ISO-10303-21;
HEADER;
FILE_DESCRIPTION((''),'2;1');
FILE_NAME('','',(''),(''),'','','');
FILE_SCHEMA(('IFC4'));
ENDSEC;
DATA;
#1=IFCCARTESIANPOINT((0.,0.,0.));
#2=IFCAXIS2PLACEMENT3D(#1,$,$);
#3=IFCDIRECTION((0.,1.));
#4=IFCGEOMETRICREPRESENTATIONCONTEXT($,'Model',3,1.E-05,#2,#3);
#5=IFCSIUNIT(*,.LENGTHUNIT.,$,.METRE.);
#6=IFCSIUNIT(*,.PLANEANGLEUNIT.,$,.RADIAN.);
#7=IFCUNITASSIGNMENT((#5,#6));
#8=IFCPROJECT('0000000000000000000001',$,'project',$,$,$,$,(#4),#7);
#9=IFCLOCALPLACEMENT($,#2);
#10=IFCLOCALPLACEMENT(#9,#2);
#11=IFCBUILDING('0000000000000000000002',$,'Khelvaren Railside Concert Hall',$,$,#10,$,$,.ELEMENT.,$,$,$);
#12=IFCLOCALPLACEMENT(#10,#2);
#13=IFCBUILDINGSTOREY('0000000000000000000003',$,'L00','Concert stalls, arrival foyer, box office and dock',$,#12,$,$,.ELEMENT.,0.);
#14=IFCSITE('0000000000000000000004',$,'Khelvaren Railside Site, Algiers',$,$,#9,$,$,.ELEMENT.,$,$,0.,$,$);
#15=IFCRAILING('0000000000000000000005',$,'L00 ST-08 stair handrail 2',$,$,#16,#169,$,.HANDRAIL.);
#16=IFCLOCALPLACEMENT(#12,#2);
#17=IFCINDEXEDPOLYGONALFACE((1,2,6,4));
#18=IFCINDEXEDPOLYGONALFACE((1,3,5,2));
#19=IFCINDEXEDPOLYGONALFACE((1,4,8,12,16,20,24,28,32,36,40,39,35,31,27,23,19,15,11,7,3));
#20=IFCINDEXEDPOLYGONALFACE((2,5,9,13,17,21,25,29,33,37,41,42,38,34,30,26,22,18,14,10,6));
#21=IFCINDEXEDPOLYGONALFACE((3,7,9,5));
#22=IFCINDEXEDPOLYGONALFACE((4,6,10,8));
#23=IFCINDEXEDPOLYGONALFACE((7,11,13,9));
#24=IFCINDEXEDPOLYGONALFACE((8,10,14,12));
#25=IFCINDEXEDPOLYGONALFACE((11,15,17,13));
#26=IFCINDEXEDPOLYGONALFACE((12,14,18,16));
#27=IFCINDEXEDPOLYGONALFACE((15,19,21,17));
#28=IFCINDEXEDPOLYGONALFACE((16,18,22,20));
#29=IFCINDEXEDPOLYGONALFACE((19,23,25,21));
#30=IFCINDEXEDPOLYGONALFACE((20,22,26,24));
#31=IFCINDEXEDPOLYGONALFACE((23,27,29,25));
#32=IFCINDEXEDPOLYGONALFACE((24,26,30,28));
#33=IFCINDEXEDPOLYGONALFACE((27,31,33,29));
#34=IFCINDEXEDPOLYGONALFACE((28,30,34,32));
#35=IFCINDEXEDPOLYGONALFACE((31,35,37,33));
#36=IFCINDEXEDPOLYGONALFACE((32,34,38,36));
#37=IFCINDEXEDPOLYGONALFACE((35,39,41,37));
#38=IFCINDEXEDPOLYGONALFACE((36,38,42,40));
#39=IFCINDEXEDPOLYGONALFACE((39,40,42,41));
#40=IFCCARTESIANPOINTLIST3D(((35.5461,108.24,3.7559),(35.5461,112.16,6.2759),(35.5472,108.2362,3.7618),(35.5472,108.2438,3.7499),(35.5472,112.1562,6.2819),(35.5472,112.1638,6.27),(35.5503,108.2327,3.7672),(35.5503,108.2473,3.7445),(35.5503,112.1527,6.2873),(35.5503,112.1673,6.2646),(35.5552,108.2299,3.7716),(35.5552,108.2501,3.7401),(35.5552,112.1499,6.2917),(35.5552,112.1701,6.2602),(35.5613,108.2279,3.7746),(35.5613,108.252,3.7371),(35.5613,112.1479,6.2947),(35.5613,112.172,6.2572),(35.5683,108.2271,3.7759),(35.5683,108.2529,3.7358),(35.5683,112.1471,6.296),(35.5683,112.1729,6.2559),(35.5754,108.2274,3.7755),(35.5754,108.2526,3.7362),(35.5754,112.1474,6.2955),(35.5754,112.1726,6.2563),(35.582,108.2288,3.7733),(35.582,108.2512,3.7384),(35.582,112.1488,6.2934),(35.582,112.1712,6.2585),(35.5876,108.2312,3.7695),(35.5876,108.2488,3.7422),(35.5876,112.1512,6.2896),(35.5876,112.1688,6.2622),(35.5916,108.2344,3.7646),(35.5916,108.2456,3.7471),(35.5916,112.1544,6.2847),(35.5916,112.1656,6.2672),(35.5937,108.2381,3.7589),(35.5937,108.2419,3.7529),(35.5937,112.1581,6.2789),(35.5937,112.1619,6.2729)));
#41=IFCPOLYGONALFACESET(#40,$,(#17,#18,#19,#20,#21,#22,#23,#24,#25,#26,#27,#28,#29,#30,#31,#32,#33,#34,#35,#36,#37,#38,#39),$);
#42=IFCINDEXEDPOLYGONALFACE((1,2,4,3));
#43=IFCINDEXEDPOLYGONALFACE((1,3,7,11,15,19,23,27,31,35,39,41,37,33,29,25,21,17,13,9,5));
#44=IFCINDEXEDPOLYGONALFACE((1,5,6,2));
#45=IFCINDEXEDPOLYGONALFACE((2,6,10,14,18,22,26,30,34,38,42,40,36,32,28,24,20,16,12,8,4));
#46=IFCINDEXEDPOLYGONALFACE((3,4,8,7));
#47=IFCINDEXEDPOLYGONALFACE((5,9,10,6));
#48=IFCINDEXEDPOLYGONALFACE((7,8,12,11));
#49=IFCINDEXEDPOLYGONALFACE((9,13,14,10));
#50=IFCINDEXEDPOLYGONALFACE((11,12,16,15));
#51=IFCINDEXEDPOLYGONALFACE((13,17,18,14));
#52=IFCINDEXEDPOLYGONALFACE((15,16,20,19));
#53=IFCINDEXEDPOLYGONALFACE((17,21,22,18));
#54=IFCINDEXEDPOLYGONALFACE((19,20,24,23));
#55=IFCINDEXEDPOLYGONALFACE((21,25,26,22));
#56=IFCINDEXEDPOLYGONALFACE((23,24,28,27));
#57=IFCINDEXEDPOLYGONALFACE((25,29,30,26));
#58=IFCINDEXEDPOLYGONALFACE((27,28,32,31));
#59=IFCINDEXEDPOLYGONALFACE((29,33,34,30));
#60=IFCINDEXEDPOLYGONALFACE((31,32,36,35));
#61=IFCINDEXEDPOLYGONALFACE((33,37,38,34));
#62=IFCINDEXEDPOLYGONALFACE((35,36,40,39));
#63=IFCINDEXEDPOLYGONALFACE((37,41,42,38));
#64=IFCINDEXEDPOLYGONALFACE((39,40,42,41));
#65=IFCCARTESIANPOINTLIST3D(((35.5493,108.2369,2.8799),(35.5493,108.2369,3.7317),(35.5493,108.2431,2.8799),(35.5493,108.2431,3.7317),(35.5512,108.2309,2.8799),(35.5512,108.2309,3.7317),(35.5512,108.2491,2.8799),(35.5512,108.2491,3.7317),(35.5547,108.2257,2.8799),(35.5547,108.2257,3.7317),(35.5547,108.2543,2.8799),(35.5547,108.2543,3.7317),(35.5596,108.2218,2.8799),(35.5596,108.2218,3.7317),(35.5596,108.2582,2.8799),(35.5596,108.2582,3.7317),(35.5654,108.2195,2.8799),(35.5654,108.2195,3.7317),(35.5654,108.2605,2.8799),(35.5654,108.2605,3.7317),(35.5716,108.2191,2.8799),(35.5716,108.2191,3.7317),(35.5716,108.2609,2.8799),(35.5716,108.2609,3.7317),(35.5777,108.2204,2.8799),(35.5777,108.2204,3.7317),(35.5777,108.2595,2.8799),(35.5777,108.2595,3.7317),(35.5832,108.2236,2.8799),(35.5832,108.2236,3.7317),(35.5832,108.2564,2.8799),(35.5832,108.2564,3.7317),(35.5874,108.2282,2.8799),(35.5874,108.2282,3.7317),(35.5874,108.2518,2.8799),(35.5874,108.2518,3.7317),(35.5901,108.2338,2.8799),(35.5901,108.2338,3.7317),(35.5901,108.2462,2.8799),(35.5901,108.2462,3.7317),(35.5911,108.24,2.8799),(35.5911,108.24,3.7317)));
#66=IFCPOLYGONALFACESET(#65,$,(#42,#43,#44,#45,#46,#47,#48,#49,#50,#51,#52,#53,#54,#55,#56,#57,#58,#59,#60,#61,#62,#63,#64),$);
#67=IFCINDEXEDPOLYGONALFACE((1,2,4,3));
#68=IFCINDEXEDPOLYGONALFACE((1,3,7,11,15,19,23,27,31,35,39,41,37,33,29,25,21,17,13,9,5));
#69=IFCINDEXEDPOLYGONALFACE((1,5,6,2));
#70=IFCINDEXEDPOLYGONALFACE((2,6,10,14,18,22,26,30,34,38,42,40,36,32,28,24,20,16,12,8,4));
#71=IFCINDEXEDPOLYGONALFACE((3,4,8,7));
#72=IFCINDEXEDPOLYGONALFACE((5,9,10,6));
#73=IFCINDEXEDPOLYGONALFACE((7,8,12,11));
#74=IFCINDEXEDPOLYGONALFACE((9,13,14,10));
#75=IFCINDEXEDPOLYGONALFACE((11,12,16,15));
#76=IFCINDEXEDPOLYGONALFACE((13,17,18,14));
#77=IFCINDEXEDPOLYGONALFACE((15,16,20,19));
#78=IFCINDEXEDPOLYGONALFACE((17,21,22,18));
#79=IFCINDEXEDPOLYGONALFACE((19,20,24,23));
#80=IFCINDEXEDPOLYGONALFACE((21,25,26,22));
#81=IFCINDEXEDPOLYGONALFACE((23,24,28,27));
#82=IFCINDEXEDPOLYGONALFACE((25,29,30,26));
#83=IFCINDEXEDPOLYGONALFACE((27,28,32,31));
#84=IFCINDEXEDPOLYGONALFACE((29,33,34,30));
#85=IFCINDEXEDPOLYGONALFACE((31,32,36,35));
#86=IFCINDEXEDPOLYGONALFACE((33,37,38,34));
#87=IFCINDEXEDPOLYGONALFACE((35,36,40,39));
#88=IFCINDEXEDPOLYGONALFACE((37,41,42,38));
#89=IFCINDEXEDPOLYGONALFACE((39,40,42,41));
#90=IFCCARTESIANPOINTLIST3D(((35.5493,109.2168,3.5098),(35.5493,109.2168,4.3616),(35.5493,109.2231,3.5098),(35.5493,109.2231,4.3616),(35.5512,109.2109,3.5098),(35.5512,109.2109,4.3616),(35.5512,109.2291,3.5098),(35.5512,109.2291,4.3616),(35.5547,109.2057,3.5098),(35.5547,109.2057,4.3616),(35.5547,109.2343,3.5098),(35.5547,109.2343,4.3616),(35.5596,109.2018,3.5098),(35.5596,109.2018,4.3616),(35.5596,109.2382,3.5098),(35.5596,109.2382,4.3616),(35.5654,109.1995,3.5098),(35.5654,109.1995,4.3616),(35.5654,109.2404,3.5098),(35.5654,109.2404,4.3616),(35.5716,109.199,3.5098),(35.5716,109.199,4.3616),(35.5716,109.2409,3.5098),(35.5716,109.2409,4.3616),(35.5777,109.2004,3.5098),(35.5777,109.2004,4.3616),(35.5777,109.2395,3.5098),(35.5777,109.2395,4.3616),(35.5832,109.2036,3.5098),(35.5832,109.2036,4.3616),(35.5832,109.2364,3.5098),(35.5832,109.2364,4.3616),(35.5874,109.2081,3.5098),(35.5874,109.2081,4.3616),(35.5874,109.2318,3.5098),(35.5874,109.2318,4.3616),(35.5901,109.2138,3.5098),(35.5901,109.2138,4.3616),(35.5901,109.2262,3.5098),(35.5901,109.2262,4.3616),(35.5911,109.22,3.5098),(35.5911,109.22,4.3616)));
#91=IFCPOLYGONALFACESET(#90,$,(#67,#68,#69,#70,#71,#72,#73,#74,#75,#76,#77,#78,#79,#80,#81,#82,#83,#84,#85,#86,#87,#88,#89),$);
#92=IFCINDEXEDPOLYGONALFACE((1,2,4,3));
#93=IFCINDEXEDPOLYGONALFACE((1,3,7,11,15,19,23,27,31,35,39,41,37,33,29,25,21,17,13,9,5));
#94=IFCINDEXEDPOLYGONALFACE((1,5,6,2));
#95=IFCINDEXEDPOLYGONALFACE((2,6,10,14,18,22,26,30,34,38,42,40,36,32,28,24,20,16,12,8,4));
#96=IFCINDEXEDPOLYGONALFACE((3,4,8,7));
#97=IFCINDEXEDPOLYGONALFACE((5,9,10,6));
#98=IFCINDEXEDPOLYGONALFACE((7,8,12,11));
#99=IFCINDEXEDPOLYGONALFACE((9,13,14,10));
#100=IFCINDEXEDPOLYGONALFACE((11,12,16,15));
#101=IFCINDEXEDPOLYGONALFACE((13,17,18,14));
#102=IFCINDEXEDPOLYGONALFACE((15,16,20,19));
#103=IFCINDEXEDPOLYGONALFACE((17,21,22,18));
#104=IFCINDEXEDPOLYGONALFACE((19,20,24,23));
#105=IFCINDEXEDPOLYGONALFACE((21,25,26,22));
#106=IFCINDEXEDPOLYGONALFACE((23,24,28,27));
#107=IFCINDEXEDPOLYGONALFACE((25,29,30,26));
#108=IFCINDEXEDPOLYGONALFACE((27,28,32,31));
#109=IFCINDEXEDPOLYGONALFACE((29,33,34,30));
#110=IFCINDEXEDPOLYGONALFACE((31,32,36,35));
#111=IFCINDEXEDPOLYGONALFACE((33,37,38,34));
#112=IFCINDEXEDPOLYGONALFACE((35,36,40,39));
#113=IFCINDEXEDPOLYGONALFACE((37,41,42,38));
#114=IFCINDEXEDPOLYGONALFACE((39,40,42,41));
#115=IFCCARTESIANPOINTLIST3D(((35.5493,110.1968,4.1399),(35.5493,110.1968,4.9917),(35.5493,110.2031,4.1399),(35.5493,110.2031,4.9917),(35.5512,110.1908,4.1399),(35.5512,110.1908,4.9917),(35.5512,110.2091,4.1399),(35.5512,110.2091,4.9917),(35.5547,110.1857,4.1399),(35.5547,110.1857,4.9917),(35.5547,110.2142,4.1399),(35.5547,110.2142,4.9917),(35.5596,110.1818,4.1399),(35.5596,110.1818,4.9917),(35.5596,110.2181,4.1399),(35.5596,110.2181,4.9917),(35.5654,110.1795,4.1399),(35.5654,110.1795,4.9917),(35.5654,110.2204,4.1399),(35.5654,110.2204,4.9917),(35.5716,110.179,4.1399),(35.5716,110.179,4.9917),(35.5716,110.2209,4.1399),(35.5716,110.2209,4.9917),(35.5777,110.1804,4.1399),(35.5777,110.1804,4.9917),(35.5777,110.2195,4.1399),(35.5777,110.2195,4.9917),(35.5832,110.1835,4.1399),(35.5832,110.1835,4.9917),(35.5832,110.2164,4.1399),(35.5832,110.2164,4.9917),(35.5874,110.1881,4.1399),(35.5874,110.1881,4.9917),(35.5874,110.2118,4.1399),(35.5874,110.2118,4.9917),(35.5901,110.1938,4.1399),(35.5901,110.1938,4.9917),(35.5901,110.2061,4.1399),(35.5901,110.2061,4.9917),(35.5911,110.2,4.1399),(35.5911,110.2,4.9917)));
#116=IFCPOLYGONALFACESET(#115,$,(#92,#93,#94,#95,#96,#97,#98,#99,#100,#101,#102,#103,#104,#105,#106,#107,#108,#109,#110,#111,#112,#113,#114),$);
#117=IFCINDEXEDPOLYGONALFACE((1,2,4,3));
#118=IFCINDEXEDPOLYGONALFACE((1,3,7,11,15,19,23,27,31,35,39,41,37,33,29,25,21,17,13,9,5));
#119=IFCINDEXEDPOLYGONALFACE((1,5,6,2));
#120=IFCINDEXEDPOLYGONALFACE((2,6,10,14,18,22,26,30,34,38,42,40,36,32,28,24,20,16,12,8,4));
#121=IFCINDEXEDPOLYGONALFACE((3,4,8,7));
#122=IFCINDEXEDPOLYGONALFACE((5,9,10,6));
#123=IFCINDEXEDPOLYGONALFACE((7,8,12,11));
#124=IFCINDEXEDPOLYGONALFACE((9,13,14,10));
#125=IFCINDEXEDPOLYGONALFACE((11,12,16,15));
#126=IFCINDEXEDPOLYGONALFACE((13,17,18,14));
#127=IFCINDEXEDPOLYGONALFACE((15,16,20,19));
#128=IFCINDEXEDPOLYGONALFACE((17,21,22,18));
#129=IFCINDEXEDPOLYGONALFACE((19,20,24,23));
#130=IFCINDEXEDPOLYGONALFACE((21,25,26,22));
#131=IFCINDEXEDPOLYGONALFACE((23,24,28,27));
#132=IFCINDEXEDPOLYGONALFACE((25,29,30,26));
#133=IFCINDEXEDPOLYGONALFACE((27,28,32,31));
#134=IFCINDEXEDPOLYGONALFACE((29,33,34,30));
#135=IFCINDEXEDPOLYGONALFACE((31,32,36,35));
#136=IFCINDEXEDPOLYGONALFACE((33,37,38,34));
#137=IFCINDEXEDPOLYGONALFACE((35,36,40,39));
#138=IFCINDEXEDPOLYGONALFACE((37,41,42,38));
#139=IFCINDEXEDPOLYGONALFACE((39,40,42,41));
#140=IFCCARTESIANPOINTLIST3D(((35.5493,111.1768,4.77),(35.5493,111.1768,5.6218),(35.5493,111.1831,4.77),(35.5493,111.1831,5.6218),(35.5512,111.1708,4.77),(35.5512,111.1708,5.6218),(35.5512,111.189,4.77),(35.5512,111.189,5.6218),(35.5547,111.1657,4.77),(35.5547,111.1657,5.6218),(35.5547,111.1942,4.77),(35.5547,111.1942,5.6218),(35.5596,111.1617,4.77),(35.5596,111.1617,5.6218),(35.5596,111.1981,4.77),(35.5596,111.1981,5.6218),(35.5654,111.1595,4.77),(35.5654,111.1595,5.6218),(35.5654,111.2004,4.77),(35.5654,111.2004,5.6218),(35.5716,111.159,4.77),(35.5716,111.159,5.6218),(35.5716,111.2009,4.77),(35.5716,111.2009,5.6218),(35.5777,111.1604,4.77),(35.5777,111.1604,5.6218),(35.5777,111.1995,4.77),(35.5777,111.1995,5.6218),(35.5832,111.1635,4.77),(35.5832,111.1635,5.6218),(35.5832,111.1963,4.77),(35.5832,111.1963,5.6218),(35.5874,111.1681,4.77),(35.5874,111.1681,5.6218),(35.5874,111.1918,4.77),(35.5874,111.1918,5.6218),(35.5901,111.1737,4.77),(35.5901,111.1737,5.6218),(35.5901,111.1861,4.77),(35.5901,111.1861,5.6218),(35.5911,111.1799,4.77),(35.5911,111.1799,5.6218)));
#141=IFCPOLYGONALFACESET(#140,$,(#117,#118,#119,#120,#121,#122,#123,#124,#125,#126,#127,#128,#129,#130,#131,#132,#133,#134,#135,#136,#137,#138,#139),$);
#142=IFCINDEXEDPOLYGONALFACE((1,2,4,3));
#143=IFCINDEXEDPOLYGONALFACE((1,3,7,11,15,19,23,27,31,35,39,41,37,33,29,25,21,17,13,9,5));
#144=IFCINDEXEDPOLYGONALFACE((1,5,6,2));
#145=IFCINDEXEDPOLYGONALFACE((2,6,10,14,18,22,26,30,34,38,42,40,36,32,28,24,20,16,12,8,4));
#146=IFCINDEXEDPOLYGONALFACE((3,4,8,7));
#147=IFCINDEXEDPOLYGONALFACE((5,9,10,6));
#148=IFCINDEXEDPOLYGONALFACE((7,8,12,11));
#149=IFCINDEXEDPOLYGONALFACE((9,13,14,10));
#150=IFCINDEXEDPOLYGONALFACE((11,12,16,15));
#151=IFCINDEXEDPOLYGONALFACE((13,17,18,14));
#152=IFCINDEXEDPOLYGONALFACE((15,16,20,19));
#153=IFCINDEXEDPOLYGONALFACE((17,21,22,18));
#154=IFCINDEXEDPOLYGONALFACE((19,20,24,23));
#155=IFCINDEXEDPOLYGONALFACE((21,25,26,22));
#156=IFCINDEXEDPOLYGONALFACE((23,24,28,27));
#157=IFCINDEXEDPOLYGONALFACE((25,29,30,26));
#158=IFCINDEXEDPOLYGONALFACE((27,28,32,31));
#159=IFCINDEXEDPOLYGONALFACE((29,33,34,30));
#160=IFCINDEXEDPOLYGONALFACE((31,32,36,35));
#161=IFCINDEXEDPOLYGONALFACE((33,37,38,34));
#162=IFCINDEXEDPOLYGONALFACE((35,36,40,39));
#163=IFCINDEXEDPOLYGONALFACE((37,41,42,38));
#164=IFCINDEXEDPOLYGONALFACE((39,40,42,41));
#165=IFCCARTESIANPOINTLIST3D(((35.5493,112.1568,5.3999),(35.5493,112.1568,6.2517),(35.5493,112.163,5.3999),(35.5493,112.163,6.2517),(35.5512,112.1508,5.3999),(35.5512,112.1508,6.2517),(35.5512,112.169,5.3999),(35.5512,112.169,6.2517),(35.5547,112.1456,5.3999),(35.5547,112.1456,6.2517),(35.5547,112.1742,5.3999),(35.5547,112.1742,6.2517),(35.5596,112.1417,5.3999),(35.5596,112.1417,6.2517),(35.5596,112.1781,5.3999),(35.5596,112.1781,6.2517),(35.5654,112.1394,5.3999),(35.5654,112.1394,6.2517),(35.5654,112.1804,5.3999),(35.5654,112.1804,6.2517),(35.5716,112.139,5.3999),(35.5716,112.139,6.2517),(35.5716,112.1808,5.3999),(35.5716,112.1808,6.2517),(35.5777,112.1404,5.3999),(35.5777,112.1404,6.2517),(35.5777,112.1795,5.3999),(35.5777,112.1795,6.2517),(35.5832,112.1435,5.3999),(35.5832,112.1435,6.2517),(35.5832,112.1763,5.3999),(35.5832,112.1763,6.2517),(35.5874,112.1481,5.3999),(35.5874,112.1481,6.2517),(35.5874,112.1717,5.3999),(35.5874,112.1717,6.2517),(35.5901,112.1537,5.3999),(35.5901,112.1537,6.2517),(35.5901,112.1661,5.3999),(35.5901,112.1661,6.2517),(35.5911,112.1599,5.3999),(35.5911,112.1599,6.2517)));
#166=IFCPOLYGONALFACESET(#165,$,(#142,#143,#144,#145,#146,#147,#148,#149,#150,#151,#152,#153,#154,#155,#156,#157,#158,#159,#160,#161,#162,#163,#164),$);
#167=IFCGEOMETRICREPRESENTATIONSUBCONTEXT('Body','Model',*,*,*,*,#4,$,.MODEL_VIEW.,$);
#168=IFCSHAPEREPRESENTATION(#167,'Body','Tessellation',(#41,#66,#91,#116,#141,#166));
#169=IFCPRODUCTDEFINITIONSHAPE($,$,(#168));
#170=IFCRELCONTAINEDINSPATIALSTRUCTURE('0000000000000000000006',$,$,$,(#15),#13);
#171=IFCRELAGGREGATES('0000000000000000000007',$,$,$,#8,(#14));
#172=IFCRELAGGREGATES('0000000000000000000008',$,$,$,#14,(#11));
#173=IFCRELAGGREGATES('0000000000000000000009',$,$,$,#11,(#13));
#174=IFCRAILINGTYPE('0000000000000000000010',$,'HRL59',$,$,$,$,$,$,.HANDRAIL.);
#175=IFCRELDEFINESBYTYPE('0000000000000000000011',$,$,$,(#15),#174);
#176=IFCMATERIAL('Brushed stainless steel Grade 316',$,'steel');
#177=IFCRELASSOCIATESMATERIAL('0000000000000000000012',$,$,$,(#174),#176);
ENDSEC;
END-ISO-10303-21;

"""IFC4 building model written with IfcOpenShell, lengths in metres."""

from ifc_helpers import new_model, si_unit, direction, frame, origin, origin_2d, place, context, subcontext, project, spatial, circle, extrude, material, type_object, element, save


model = new_model("IFC4")

# Units and contexts
model_context = context("Model", 3, precision=1e-05, world=origin(), true_north=direction((0.0, 1.0)))
body_context = subcontext(model_context, "Body", "Model", "MODEL_VIEW")
ifc_project = project(units=[si_unit("LENGTHUNIT", "METRE"), si_unit("PLANEANGLEUNIT", "RADIAN")], contexts=[model_context])

# Site, building, storey
site_placement = place(None, origin())
site = spatial("IfcSite", under=ifc_project, at=site_placement, Name="Khelvaren Railside Site, Algiers", CompositionType="ELEMENT", RefElevation=0.0)
building_placement = place(site_placement, origin())
building = spatial("IfcBuilding", under=site, at=building_placement, Name="Khelvaren Railside Concert Hall", CompositionType="ELEMENT")
storey_placement = place(building_placement, origin())
storey = spatial("IfcBuildingStorey", under=building, at=storey_placement, Name="L00", Description="Concert stalls, arrival foyer, box office and dock", CompositionType="ELEMENT", Elevation=0.0)

# Railing
ifc_material_1 = material(Name="Brushed stainless steel Grade 316", Category="steel")
railing_type_1 = type_object("IfcRailingType", Name="HRL59", PredefinedType="HANDRAIL", material=ifc_material_1)
railing_1_placement = place(storey_placement, frame((35.5701, 108.24, 2.8799)))
element("IfcRailing", 1, at=railing_1_placement, inside=storey, type_object=railing_type_1, Name="L00 ST-08 stair handrail 2", PredefinedType="HANDRAIL", context=body_context, shape_type="SweptSolid", body=[
    extrude(circle(Radius=0.0239, at=origin_2d()), frame((0.0, 0.0, 0.876), z_axis=(0.0, 0.841172, 0.540768), x_axis=(-1.0, 0.0, 0.0)), (0.0, 0.0, 1.0), 4.6602),
    extrude(circle(Radius=0.021, at=origin_2d()), origin(), (0.0, 0.0, 1.0), 0.8518),
    extrude(circle(Radius=0.021, at=origin_2d()), frame((0.0, 0.98, 0.6299)), (0.0, 0.0, 1.0), 0.8518),
    extrude(circle(Radius=0.021, at=origin_2d()), frame((0.0, 1.96, 1.26)), (0.0, 0.0, 1.0), 0.8518),
    extrude(circle(Radius=0.021, at=origin_2d()), frame((0.0, 2.9399, 1.8901)), (0.0, 0.0, 1.0), 0.8518),
    extrude(circle(Radius=0.021, at=origin_2d()), frame((0.0, 3.9199, 2.52)), (0.0, 0.0, 1.0), 0.8518),
])

save(model, "model.ifc")
